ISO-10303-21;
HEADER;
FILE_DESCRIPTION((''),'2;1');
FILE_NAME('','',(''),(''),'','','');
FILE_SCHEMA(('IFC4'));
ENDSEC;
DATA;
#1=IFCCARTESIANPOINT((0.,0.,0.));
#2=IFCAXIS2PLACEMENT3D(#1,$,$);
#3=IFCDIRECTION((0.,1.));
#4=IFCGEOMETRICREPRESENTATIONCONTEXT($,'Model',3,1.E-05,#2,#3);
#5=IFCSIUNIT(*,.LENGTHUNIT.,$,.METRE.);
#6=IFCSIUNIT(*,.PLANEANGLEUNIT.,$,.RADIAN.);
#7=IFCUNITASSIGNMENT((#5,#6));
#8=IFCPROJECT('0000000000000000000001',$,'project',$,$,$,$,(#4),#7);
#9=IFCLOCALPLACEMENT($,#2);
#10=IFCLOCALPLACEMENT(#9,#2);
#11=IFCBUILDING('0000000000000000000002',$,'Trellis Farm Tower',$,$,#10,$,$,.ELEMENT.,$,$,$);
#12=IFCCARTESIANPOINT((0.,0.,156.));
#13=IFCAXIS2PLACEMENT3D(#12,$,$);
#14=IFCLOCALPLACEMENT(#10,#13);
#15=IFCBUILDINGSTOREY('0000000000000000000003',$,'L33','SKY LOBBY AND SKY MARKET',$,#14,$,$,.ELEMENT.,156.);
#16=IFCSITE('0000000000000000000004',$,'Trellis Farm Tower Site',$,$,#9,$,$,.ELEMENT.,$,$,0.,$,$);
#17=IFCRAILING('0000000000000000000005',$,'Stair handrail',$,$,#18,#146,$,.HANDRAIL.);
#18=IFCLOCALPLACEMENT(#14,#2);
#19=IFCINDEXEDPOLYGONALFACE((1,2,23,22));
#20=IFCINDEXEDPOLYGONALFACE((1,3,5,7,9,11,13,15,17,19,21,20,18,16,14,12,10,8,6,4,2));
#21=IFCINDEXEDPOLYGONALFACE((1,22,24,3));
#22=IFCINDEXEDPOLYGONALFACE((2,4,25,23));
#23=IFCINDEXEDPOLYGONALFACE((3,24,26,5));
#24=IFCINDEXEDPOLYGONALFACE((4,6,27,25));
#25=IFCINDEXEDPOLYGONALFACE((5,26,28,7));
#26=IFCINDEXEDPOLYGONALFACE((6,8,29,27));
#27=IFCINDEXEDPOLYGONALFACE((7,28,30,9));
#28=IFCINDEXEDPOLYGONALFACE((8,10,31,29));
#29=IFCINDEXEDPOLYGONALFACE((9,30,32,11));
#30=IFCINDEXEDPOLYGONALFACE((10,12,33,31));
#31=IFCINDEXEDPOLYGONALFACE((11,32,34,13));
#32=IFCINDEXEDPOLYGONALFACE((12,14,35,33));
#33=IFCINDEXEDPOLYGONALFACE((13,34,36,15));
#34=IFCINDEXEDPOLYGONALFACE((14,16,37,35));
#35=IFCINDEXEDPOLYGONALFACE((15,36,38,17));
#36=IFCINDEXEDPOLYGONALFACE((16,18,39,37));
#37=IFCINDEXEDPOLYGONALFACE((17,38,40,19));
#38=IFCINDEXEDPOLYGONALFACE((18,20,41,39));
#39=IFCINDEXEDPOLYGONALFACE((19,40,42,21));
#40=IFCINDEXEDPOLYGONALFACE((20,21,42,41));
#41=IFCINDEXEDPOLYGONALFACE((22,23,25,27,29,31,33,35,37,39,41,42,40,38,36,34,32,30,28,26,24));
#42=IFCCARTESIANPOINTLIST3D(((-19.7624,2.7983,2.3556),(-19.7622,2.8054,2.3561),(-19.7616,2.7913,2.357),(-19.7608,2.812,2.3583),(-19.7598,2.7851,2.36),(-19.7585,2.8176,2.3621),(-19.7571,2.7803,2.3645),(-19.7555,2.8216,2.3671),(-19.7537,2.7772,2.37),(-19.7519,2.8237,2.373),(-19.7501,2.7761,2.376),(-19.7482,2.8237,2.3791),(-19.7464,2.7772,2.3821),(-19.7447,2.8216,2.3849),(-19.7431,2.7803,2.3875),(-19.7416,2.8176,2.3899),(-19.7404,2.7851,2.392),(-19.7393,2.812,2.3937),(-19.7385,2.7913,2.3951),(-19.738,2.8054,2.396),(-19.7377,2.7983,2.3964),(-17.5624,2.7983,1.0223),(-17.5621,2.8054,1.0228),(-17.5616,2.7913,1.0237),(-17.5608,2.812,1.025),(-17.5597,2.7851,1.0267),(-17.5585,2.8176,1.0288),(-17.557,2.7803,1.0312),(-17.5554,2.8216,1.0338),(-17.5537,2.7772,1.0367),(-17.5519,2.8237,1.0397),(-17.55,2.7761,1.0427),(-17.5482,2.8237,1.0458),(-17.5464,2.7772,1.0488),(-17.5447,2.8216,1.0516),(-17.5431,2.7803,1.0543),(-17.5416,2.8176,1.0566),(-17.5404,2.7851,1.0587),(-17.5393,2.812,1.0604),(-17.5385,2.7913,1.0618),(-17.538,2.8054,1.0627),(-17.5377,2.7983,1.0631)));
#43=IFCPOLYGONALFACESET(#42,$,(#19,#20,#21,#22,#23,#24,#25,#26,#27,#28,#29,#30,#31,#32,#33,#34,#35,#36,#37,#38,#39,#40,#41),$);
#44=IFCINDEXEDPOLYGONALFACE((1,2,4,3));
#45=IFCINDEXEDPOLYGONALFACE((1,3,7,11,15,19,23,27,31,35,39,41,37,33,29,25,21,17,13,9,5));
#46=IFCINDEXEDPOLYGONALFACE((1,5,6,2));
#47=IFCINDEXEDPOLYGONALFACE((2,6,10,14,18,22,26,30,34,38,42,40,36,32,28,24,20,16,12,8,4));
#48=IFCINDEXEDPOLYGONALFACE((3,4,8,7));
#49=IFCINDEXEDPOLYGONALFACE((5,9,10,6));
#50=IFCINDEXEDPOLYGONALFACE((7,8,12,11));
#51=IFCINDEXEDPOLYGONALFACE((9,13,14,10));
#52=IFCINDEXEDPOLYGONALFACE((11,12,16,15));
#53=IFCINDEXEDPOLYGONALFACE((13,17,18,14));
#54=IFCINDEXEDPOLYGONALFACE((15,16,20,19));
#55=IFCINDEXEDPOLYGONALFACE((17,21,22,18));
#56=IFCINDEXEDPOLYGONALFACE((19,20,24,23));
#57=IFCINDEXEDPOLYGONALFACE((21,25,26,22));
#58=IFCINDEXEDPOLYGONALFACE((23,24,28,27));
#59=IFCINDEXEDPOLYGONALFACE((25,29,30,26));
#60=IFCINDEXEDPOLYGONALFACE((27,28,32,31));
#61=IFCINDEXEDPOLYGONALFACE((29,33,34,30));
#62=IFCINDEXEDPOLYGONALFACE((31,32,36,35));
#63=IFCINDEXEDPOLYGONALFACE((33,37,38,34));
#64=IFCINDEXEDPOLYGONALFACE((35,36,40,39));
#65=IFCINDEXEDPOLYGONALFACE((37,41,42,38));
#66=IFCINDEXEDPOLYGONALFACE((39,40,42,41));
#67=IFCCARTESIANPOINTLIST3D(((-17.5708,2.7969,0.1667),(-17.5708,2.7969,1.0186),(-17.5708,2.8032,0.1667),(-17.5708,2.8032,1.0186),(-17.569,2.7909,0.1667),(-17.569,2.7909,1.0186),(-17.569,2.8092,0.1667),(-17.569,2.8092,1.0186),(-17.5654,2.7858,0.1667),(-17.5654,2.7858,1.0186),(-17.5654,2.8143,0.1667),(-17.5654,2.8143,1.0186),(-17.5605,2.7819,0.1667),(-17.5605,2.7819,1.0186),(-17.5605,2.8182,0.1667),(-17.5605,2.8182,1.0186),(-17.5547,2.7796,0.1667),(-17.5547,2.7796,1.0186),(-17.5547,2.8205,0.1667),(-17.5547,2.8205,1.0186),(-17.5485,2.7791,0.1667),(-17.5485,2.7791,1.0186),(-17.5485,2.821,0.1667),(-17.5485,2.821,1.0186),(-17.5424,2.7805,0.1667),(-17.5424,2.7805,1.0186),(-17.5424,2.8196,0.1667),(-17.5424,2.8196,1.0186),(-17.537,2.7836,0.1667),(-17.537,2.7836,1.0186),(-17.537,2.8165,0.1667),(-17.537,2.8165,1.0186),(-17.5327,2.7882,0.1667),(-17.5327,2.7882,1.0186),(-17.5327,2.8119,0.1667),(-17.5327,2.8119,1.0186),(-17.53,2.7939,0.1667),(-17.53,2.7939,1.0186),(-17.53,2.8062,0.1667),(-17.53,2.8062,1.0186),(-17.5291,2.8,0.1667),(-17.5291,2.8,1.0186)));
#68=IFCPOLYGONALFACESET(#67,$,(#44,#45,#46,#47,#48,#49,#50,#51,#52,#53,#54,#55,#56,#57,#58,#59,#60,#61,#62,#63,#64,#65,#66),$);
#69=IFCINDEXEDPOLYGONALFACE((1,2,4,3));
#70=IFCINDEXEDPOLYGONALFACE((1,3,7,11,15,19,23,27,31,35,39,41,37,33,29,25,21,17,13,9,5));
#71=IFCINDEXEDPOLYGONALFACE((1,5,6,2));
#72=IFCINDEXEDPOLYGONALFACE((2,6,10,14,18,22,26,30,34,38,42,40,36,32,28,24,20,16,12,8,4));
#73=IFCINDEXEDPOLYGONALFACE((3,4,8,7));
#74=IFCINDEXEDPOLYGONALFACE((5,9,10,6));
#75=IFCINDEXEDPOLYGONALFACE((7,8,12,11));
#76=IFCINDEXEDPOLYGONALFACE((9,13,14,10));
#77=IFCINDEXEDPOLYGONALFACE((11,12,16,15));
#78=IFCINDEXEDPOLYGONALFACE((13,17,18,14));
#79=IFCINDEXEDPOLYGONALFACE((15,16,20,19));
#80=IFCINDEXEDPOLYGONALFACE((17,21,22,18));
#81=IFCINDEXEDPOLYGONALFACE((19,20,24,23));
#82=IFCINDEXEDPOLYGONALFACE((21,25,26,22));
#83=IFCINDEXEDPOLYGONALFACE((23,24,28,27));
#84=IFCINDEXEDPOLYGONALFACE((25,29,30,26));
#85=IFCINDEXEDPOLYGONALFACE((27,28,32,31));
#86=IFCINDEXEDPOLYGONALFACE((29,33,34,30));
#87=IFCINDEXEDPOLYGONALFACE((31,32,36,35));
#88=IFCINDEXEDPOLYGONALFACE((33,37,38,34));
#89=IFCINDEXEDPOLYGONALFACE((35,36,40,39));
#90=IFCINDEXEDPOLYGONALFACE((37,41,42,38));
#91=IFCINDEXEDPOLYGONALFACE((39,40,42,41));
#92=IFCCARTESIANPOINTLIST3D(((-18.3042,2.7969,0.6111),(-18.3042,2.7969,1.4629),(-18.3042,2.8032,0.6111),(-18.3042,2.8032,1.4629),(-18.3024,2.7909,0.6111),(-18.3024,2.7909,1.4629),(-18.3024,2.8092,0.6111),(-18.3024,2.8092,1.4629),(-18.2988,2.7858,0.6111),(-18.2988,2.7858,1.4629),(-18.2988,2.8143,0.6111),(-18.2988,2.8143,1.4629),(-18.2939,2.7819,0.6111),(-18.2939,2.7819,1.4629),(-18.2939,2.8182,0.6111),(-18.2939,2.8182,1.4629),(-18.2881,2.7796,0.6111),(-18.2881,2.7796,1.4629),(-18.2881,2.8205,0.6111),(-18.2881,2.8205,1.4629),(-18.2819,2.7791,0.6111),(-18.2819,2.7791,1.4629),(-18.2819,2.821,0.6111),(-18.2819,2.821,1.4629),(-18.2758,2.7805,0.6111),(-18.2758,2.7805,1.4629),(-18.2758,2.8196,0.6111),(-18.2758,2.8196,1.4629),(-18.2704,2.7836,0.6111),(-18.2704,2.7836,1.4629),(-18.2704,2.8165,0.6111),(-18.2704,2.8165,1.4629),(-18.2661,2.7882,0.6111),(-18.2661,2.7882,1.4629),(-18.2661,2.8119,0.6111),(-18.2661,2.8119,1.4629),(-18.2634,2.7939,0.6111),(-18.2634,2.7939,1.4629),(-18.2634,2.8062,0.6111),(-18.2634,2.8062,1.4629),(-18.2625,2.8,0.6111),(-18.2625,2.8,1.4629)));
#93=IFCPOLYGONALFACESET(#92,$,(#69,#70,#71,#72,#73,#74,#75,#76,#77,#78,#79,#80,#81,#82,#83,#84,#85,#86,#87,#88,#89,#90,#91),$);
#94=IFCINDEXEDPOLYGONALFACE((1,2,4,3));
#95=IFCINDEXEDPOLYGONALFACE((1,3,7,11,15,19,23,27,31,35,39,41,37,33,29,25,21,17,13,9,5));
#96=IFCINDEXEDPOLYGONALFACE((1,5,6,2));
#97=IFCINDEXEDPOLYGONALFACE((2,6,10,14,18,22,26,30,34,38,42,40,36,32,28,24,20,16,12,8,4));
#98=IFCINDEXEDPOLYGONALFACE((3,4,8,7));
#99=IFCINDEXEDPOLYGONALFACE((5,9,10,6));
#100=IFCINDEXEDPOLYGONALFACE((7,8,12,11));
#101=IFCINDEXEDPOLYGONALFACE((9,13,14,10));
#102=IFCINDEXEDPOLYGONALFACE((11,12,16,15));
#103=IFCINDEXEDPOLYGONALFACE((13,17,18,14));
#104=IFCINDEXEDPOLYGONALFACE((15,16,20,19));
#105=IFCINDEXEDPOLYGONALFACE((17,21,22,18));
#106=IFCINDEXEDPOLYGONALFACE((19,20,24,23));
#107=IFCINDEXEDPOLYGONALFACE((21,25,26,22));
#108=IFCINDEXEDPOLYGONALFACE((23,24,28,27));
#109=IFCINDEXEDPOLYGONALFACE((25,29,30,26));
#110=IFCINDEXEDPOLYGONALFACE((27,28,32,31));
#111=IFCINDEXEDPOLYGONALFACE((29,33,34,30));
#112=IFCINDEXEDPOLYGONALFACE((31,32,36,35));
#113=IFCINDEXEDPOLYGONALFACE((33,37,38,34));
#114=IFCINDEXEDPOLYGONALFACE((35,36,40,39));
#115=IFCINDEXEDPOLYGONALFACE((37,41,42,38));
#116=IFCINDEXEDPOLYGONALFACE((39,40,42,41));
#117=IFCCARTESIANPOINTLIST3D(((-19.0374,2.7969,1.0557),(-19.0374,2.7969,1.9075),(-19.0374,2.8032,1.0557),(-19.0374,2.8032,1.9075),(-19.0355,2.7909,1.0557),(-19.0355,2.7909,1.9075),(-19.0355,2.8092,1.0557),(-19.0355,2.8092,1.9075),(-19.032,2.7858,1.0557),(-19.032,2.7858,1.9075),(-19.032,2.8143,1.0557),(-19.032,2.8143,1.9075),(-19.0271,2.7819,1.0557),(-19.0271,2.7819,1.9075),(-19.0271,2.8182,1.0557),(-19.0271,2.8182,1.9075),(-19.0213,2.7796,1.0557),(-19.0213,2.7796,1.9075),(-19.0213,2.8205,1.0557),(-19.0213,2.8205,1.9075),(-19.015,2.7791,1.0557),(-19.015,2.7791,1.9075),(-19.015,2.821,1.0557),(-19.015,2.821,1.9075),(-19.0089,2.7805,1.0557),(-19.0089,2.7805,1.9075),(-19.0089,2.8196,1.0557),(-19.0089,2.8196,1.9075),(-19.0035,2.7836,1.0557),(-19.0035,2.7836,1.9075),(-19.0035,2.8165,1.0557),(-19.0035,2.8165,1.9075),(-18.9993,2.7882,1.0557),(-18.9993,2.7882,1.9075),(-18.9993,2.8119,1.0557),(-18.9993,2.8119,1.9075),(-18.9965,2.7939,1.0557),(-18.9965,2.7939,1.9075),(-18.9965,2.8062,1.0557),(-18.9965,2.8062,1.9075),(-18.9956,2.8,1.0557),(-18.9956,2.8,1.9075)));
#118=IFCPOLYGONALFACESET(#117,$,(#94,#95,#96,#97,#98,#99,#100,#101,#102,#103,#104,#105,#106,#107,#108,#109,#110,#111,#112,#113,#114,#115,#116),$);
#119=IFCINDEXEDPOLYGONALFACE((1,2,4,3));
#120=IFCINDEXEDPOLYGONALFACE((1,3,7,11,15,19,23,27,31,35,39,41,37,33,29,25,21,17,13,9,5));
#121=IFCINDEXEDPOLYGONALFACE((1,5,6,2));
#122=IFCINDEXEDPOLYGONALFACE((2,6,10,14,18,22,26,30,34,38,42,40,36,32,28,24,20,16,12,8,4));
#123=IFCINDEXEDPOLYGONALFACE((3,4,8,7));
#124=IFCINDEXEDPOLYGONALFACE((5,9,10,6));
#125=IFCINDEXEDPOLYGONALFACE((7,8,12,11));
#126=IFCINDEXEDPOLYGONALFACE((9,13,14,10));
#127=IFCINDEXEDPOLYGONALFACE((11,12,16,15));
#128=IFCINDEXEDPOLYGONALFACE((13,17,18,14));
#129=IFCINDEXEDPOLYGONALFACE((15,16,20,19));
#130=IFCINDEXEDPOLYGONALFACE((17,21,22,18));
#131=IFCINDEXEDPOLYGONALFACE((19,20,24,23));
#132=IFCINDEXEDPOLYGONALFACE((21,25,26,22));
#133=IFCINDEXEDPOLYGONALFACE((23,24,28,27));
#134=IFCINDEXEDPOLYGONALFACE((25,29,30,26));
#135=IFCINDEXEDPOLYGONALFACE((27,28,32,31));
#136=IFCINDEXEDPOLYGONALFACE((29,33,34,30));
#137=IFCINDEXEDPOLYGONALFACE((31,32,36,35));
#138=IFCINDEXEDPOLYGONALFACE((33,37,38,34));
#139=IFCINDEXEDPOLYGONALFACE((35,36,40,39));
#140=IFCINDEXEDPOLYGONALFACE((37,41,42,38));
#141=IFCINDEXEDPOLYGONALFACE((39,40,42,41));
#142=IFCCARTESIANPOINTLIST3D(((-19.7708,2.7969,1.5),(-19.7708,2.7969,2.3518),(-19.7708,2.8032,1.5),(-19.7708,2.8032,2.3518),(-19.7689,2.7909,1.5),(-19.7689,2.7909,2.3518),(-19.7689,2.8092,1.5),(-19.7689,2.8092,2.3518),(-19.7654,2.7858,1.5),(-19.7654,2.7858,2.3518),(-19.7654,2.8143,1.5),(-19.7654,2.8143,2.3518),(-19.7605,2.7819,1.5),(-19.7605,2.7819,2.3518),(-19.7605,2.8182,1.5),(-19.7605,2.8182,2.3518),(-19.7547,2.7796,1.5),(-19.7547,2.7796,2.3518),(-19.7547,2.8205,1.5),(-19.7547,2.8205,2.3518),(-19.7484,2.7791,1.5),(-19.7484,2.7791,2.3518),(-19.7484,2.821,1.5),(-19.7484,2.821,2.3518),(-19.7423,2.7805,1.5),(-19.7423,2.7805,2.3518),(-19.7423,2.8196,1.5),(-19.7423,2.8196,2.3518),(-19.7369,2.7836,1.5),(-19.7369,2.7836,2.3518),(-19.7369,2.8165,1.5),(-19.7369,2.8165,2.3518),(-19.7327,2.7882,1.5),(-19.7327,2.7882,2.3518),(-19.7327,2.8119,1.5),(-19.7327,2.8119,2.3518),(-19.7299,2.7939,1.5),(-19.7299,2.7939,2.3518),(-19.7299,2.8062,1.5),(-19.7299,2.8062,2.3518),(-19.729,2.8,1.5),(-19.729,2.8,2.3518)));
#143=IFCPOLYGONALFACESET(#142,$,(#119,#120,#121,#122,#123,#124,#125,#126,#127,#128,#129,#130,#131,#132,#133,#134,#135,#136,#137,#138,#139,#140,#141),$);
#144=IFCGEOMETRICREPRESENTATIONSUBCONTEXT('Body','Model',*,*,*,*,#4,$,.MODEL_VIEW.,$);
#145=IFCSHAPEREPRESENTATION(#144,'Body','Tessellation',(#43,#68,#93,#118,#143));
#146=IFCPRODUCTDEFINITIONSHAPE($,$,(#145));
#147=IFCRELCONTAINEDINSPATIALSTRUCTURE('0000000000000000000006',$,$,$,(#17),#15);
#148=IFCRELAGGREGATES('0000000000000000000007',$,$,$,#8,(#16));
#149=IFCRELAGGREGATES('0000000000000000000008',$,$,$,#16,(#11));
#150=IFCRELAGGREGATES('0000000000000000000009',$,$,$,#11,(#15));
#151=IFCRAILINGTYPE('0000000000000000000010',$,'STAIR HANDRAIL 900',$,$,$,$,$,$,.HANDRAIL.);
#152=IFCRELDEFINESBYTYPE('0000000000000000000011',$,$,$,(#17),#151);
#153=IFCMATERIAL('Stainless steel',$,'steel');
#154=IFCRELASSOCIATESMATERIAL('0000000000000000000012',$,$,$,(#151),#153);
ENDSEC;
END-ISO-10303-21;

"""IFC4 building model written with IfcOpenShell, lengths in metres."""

from ifc_helpers import new_model, si_unit, direction, frame, origin, origin_2d, place, context, subcontext, project, spatial, circle, extrude, source, transform, mapped, material, type_object, element, save


model = new_model("IFC4")

# Units and contexts
model_context = context("Model", 3, precision=1e-05, world=origin(), true_north=direction((0.0, 1.0)))
body_context = subcontext(model_context, "Body", "Model", "MODEL_VIEW")
ifc_project = project(units=[si_unit("LENGTHUNIT", "METRE"), si_unit("PLANEANGLEUNIT", "RADIAN")], contexts=[model_context])

# Site, building, storey
site_placement = place(None, origin())
site = spatial("IfcSite", under=ifc_project, at=site_placement, Name="Trellis Farm Tower Site", CompositionType="ELEMENT", RefElevation=0.0)
building_placement = place(site_placement, origin())
building = spatial("IfcBuilding", under=site, at=building_placement, Name="Trellis Farm Tower", CompositionType="ELEMENT")
storey_placement = place(building_placement, frame((0.0, 0.0, 156.0)))
storey = spatial("IfcBuildingStorey", under=building, at=storey_placement, Name="L33", Description="SKY LOBBY AND SKY MARKET", CompositionType="ELEMENT", Elevation=156.0)

# Railing
ifc_material_1 = material(Name="Stainless steel", Category="steel")
railing_type = type_object("IfcRailingType", Name="STAIR HANDRAIL 900", PredefinedType="HANDRAIL", material=ifc_material_1)
shared_shape_1 = source(origin(), body_context, "Body", "SweptSolid", [
    extrude(circle(Radius=0.0239, at=origin_2d()), frame((0.0, 0.0, 0.876), z_axis=(-0.855207, 0.0, 0.518287), x_axis=(0.0, -1.0, 0.0)), (0.0, 0.0, 1.0), 2.5725),
    extrude(circle(Radius=0.021, at=origin_2d()), origin(), (0.0, 0.0, 1.0), 0.8518),
    extrude(circle(Radius=0.021, at=origin_2d()), frame((-0.7334, 0.0, 0.4443)), (0.0, 0.0, 1.0), 0.8518),
    extrude(circle(Radius=0.021, at=origin_2d()), frame((-1.4666, 0.0, 0.8889)), (0.0, 0.0, 1.0), 0.8518),
    extrude(circle(Radius=0.021, at=origin_2d()), frame((-2.2, 0.0, 1.3333)), (0.0, 0.0, 1.0), 0.8518),
])
for number, where, name in (
    (1, (-17.55, 2.8, 0.1667), "Stair handrail"),
):
    element("IfcRailing", number, at=place(storey_placement, frame(where)), inside=storey, type_object=railing_type, Name=name, PredefinedType="HANDRAIL", context=body_context, shape_type="MappedRepresentation", body=[
        mapped(shared_shape_1, transform((0.0, 0.0, 0.0))),
    ])

save(model, "model.ifc")
